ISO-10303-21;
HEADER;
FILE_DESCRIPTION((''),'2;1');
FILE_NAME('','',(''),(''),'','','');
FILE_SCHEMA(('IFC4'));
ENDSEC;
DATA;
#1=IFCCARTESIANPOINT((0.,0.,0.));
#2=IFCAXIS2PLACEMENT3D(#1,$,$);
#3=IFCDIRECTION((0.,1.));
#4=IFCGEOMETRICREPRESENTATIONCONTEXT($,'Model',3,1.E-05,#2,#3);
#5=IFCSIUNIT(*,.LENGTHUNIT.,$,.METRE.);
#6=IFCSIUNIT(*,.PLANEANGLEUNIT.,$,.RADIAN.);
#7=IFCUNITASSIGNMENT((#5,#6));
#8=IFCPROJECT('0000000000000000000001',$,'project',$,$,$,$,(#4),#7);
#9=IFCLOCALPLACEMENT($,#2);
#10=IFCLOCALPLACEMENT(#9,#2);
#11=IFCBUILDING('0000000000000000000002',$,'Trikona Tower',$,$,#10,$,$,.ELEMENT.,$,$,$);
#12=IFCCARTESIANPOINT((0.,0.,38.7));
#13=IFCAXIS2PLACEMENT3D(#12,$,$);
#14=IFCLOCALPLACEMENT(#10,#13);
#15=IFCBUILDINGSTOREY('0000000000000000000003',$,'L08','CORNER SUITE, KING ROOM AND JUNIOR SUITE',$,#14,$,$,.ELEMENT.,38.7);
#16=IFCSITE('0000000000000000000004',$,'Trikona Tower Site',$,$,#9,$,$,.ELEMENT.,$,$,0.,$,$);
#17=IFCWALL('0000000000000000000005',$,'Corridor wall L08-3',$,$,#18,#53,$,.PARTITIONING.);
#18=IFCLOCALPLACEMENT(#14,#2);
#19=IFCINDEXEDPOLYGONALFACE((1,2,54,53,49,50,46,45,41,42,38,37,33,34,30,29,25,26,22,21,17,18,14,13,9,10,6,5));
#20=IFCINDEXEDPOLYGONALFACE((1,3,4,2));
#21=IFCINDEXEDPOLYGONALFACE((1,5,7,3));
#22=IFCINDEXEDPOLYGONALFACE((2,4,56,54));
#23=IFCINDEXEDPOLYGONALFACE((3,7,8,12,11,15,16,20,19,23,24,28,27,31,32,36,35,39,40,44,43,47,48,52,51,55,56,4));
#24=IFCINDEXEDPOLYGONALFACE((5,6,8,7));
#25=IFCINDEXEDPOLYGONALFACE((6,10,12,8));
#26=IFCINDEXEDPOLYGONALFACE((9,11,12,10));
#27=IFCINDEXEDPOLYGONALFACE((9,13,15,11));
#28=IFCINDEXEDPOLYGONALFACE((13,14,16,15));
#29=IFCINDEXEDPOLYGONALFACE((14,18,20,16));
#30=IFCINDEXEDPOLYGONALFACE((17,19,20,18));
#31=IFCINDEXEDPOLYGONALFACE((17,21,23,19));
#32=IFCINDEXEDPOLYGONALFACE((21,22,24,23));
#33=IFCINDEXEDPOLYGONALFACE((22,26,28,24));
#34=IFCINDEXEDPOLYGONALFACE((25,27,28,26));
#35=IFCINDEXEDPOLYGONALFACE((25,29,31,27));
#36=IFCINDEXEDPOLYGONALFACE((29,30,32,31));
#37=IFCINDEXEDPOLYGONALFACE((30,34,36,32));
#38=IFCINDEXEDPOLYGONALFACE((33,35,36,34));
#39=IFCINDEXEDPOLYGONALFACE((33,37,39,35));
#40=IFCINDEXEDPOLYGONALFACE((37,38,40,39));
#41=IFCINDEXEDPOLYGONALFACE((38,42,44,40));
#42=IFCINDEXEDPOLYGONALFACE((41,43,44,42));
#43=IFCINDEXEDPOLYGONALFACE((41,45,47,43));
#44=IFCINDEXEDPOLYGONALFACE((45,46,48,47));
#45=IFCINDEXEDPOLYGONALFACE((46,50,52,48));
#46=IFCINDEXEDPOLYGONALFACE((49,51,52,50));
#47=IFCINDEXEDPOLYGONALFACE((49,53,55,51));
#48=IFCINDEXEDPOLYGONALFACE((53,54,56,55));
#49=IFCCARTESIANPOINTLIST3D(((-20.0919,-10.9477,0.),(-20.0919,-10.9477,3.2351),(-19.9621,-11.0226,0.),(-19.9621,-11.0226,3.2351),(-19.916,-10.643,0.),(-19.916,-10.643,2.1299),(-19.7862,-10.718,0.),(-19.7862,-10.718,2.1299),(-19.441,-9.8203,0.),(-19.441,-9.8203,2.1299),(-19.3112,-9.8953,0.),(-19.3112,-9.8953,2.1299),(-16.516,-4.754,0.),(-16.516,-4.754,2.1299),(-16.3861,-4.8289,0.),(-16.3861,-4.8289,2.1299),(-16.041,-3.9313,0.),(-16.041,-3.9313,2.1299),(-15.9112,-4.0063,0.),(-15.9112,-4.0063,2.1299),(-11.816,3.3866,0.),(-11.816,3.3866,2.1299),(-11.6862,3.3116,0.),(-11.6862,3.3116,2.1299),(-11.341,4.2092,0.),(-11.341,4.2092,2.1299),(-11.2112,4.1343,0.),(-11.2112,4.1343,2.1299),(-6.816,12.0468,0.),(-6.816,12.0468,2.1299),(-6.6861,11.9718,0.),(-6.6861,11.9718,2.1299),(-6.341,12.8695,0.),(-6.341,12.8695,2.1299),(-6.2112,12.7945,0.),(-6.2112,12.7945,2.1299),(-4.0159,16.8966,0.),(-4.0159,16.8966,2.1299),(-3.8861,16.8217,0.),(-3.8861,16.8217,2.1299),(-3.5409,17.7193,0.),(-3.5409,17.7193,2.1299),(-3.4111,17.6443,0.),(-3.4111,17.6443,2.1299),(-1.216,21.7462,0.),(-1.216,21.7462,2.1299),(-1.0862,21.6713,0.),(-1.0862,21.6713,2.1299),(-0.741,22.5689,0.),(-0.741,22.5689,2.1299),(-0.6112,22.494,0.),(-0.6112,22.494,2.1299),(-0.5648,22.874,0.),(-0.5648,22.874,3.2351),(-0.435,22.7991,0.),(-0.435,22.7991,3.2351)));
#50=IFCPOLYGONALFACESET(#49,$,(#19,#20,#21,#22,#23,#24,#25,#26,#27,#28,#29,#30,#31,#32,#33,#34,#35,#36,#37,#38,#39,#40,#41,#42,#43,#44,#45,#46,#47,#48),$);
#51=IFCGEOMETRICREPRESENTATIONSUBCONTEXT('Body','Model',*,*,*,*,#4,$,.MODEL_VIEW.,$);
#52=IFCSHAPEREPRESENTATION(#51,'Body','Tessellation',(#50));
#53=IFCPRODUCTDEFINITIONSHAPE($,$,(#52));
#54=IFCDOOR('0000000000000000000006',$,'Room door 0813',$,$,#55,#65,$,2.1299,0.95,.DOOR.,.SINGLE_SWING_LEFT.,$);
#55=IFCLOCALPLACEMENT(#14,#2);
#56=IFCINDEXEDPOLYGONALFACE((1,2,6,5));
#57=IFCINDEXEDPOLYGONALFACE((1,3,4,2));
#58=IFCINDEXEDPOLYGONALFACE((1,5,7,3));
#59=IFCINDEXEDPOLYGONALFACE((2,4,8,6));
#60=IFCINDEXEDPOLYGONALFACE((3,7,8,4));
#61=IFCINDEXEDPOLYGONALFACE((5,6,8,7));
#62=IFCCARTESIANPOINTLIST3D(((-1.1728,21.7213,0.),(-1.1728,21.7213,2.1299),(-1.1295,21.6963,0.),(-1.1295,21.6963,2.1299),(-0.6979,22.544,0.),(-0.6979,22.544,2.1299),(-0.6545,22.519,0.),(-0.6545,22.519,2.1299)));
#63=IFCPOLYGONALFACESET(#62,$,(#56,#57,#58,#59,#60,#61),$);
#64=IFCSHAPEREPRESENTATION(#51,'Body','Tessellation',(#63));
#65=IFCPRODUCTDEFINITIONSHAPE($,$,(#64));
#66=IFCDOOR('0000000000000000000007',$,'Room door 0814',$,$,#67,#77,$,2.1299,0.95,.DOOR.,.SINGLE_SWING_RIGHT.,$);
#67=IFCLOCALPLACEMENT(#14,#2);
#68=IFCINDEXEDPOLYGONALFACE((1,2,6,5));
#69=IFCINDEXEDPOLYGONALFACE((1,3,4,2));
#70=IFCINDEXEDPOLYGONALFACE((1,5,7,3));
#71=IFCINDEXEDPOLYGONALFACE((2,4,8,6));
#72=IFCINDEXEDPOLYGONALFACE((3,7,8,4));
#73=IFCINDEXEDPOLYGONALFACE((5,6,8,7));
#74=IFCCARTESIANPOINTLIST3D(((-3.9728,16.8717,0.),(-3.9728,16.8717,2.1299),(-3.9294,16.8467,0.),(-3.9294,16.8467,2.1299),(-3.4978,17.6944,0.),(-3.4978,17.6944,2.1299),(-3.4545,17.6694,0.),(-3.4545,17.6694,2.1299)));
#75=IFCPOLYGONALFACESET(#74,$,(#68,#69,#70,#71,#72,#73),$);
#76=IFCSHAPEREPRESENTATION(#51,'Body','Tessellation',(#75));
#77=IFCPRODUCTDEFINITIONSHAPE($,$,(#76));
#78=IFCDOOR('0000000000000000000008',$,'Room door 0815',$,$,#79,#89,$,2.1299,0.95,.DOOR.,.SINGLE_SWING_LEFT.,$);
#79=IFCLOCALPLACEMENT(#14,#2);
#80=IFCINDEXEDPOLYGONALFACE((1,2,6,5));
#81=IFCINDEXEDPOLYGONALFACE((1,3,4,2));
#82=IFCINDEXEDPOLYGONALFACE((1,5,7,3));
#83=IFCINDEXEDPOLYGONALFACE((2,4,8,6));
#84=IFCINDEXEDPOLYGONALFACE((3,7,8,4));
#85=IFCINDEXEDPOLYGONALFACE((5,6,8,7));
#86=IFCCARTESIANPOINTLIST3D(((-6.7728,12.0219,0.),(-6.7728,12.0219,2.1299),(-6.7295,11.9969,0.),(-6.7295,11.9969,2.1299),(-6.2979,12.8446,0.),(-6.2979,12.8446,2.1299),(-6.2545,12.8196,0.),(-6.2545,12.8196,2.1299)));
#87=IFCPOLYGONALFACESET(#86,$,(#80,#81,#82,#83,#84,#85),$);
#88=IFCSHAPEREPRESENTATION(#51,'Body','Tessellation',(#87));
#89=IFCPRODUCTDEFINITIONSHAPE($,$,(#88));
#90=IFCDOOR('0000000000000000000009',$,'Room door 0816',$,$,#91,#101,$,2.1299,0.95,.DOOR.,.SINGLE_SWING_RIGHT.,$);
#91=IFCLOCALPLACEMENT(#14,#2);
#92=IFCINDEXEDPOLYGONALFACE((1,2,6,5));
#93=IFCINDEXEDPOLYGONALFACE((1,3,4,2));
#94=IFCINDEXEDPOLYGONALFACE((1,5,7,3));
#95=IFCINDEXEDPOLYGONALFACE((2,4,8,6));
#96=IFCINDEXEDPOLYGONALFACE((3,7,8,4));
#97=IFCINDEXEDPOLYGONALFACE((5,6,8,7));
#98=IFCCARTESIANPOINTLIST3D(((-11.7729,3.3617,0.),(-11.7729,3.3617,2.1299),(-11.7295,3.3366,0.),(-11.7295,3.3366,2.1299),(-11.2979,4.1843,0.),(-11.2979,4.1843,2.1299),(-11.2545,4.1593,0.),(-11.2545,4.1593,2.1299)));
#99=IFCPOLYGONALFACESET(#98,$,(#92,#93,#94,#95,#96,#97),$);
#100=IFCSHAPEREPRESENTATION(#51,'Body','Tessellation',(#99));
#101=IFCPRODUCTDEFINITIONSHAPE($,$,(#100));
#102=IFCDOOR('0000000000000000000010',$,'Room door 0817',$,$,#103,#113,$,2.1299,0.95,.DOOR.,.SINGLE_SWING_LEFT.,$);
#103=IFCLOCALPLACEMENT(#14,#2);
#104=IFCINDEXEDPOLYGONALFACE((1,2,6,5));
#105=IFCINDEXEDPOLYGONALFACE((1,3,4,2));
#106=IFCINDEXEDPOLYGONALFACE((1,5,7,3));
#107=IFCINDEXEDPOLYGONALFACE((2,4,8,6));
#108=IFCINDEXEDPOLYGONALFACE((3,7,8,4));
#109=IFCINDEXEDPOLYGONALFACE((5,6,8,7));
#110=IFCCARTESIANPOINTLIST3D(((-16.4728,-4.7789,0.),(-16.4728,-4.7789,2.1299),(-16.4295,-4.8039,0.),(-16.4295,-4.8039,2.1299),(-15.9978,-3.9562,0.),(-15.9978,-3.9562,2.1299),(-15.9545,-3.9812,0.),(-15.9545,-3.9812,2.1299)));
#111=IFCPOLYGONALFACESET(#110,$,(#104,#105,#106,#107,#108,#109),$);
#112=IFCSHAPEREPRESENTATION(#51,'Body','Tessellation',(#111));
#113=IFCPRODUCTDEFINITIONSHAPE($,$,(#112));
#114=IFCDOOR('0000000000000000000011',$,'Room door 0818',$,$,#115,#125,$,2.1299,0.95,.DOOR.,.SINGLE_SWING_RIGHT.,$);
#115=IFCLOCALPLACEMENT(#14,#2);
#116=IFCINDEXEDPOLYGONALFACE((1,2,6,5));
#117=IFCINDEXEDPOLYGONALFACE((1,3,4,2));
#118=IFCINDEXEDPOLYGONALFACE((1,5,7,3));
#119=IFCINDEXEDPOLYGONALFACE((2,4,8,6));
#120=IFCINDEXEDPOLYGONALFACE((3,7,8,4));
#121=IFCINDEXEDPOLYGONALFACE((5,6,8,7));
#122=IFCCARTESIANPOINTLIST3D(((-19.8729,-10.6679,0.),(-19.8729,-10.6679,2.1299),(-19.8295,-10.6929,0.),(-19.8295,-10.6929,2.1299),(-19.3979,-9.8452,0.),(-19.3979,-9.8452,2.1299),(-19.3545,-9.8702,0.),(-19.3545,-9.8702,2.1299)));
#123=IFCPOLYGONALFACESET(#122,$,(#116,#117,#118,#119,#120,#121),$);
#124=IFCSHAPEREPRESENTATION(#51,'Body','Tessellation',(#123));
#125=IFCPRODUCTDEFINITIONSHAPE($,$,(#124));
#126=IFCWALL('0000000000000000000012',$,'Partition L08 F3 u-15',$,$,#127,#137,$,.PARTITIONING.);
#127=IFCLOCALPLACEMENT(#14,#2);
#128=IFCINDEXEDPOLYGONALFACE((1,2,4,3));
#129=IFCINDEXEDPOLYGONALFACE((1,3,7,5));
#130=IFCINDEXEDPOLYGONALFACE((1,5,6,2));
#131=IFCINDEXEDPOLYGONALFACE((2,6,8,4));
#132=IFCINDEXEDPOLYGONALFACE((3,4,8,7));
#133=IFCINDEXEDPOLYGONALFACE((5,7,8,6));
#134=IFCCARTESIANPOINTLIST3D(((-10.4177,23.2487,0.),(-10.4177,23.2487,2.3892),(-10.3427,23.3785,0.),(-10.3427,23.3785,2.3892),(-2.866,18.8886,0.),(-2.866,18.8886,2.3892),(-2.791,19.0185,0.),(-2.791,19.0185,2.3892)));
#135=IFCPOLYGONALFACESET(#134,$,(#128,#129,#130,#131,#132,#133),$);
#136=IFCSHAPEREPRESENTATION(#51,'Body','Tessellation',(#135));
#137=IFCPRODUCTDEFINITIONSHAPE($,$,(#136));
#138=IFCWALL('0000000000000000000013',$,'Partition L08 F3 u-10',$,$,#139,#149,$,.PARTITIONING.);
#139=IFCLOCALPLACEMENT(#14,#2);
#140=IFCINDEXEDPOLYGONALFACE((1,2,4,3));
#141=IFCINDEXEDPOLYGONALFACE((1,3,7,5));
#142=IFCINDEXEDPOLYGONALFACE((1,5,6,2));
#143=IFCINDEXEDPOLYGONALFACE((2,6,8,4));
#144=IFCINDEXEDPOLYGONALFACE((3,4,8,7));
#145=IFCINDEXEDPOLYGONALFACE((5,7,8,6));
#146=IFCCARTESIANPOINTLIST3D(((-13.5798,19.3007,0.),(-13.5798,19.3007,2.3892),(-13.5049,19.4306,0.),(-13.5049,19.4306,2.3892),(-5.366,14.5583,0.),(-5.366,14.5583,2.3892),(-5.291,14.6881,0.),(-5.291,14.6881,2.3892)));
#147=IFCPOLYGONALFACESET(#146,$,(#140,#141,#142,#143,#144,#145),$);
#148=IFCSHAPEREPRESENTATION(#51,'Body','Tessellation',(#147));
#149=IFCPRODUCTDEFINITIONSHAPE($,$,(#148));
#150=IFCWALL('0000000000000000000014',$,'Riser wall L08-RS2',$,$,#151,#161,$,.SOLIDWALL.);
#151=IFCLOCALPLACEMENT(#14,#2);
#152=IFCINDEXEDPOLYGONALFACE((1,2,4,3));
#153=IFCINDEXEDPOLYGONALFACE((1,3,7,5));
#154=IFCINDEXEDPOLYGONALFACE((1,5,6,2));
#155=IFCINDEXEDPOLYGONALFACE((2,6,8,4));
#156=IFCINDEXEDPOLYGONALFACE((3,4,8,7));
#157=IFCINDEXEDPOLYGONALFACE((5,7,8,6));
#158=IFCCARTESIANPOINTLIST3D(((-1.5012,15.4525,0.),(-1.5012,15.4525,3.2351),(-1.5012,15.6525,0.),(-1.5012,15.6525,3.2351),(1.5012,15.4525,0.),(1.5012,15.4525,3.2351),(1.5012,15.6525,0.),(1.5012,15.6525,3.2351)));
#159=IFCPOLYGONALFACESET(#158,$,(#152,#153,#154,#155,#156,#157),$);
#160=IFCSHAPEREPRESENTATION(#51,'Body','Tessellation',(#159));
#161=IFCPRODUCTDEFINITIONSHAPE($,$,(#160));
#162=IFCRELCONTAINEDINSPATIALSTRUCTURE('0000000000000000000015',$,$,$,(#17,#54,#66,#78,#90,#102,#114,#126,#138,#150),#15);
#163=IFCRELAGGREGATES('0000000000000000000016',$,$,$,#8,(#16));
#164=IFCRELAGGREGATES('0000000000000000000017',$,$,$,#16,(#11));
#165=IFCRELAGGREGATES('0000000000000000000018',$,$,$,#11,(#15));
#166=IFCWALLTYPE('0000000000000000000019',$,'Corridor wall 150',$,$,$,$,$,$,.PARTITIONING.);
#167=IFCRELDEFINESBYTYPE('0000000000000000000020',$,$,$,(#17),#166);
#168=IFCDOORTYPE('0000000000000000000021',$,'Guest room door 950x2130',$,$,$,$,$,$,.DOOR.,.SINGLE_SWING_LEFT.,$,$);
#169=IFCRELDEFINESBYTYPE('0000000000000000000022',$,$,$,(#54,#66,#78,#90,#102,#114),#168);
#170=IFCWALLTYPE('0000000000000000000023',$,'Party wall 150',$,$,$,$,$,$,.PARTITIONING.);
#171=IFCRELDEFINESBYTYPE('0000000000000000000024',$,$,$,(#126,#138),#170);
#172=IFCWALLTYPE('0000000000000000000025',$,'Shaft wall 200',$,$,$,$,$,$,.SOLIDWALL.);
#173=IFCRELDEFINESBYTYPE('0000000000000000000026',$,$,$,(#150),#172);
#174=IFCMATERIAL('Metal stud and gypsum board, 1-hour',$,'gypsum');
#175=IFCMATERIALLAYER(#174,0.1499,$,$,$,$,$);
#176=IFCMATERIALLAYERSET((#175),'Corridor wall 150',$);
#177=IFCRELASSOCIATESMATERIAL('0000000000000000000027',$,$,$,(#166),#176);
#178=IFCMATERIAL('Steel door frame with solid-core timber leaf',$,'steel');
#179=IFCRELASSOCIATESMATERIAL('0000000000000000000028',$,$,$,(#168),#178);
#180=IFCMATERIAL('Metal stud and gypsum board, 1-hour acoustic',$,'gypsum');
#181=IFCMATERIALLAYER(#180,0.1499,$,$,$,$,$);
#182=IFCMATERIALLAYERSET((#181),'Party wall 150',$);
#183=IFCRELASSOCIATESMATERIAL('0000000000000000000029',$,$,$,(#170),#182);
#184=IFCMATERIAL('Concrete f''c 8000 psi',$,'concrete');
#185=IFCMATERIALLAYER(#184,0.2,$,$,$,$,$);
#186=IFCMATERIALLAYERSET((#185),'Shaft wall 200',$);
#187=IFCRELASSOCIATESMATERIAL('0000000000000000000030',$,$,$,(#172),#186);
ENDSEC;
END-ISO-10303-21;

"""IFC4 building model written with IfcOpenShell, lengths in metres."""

from ifc_helpers import new_model, si_unit, direction, frame, frame_2d, origin, place, context, subcontext, project, spatial, rectangle, extrude, material, layer, layer_set, type_object, element, fill, save


model = new_model("IFC4")

# Units and contexts
model_context = context("Model", 3, precision=1e-05, world=origin(), true_north=direction((0.0, 1.0)))
body_context = subcontext(model_context, "Body", "Model", "MODEL_VIEW")
ifc_project = project(units=[si_unit("LENGTHUNIT", "METRE"), si_unit("PLANEANGLEUNIT", "RADIAN")], contexts=[model_context])

# Site, building, storey
site_placement = place(None, origin())
site = spatial("IfcSite", under=ifc_project, at=site_placement, Name="Trikona Tower Site", CompositionType="ELEMENT", RefElevation=0.0)
building_placement = place(site_placement, origin())
building = spatial("IfcBuilding", under=site, at=building_placement, Name="Trikona Tower", CompositionType="ELEMENT")
storey_placement = place(building_placement, frame((0.0, 0.0, 38.7)))
storey = spatial("IfcBuildingStorey", under=building, at=storey_placement, Name="L08", Description="CORNER SUITE, KING ROOM AND JUNIOR SUITE", CompositionType="ELEMENT", Elevation=38.7)

# Wall, openings, doors
ifc_material_1 = material(Name="Metal stud and gypsum board, 1-hour", Category="gypsum")
ifc_layer_1 = layer(ifc_material_1, 0.1499)
ifc_layer_set_1 = layer_set([ifc_layer_1], Name="Corridor wall 150")
wall_type_1 = type_object("IfcWallType", Name="Corridor wall 150", PredefinedType="PARTITIONING", material=ifc_layer_set_1)
wall_1_placement = place(storey_placement, frame((-0.5, 22.8364, 0.0), z_axis=(0.0, 0.0, 1.0), x_axis=(-0.500002, -0.866024, 0.0)))
wall_1 = element("IfcWall", 1, at=wall_1_placement, inside=storey, type_object=wall_type_1, Name="Corridor wall L08-3", PredefinedType="PARTITIONING", context=body_context, shape_type="SweptSolid", body=[
    extrude(rectangle(XDim=39.054, YDim=0.1499, at=frame_2d((19.5269, 0.0))), origin(), (0.0, 0.0, 1.0), 3.2351),
])
opening_1_placement = place(wall_1_placement, frame((0.3521, 0.0, 0.0)))
opening_1 = element("IfcOpeningElement", 2, at=opening_1_placement, cuts=wall_1, PredefinedType="OPENING", context=body_context, shape_type="SweptSolid", body=[
    extrude(rectangle(XDim=0.95, YDim=2.1299, at=frame_2d((0.4751, 1.0649))), frame((0.0, 0.085, 0.0), z_axis=(0.0, -1.0, 0.0), x_axis=(1.0, 0.0, 0.0)), (0.0, 0.0, 1.0), 0.1699),
])
opening_2_placement = place(wall_1_placement, frame((5.9519, 0.0, 0.0)))
opening_2 = element("IfcOpeningElement", 3, at=opening_2_placement, cuts=wall_1, PredefinedType="OPENING", context=body_context, shape_type="SweptSolid", body=[
    extrude(rectangle(XDim=0.95, YDim=2.1299, at=frame_2d((0.4751, 1.0649))), frame((0.0, 0.085, 0.0), z_axis=(0.0, -1.0, 0.0), x_axis=(1.0, 0.0, 0.0)), (0.0, 0.0, 1.0), 0.1699),
])
opening_3_placement = place(wall_1_placement, frame((11.552, 0.0, 0.0)))
opening_3 = element("IfcOpeningElement", 4, at=opening_3_placement, cuts=wall_1, PredefinedType="OPENING", context=body_context, shape_type="SweptSolid", body=[
    extrude(rectangle(XDim=0.95, YDim=2.1299, at=frame_2d((0.4751, 1.0649))), frame((0.0, 0.085, 0.0), z_axis=(0.0, -1.0, 0.0), x_axis=(1.0, 0.0, 0.0)), (0.0, 0.0, 1.0), 0.1699),
])
opening_4_placement = place(wall_1_placement, frame((21.552, 0.0, 0.0)))
opening_4 = element("IfcOpeningElement", 5, at=opening_4_placement, cuts=wall_1, PredefinedType="OPENING", context=body_context, shape_type="SweptSolid", body=[
    extrude(rectangle(XDim=0.95, YDim=2.1299, at=frame_2d((0.4751, 1.0649))), frame((0.0, 0.085, 0.0), z_axis=(0.0, -1.0, 0.0), x_axis=(1.0, 0.0, 0.0)), (0.0, 0.0, 1.0), 0.1699),
])
opening_5_placement = place(wall_1_placement, frame((30.9519, 0.0, 0.0)))
opening_5 = element("IfcOpeningElement", 6, at=opening_5_placement, cuts=wall_1, PredefinedType="OPENING", context=body_context, shape_type="SweptSolid", body=[
    extrude(rectangle(XDim=0.95, YDim=2.1299, at=frame_2d((0.4751, 1.0649))), frame((0.0, 0.085, 0.0), z_axis=(0.0, -1.0, 0.0), x_axis=(1.0, 0.0, 0.0)), (0.0, 0.0, 1.0), 0.1699),
])
opening_6_placement = place(wall_1_placement, frame((37.752, 0.0, 0.0)))
opening_6 = element("IfcOpeningElement", 7, at=opening_6_placement, cuts=wall_1, PredefinedType="OPENING", context=body_context, shape_type="SweptSolid", body=[
    extrude(rectangle(XDim=0.95, YDim=2.1299, at=frame_2d((0.4751, 1.0649))), frame((0.0, 0.085, 0.0), z_axis=(0.0, -1.0, 0.0), x_axis=(1.0, 0.0, 0.0)), (0.0, 0.0, 1.0), 0.1699),
])
ifc_material_2 = material(Name="Steel door frame with solid-core timber leaf", Category="steel")
door_type_1 = type_object("IfcDoorType", Name="Guest room door 950x2130", OperationType="SINGLE_SWING_LEFT", PredefinedType="DOOR", material=ifc_material_2)
door_1_placement = place(opening_1_placement, origin())
door_1 = element("IfcDoor", 8, at=door_1_placement, inside=storey, type_object=door_type_1, Name="Room door 0813", OperationType="SINGLE_SWING_LEFT", OverallHeight=2.1299, OverallWidth=0.95, PredefinedType="DOOR", context=body_context, shape_type="SweptSolid", body=[
    extrude(rectangle(XDim=0.95, YDim=2.1299, at=frame_2d((0.4751, 1.0649))), frame((0.0, 0.0249, 0.0), z_axis=(0.0, -1.0, 0.0), x_axis=(1.0, 0.0, 0.0)), (0.0, 0.0, 1.0), 0.05),
])
fill(opening_1, door_1)
door_2_placement = place(opening_2_placement, origin())
door_2 = element("IfcDoor", 9, at=door_2_placement, inside=storey, type_object=door_type_1, Name="Room door 0814", OperationType="SINGLE_SWING_RIGHT", OverallHeight=2.1299, OverallWidth=0.95, PredefinedType="DOOR", context=body_context, shape_type="SweptSolid", body=[
    extrude(rectangle(XDim=0.95, YDim=2.1299, at=frame_2d((0.4751, 1.0649))), frame((0.0, 0.0249, 0.0), z_axis=(0.0, -1.0, 0.0), x_axis=(1.0, 0.0, 0.0)), (0.0, 0.0, 1.0), 0.05),
])
fill(opening_2, door_2)
door_3_placement = place(opening_3_placement, origin())
door_3 = element("IfcDoor", 10, at=door_3_placement, inside=storey, type_object=door_type_1, Name="Room door 0815", OperationType="SINGLE_SWING_LEFT", OverallHeight=2.1299, OverallWidth=0.95, PredefinedType="DOOR", context=body_context, shape_type="SweptSolid", body=[
    extrude(rectangle(XDim=0.95, YDim=2.1299, at=frame_2d((0.4751, 1.0649))), frame((0.0, 0.0249, 0.0), z_axis=(0.0, -1.0, 0.0), x_axis=(1.0, 0.0, 0.0)), (0.0, 0.0, 1.0), 0.05),
])
fill(opening_3, door_3)
door_4_placement = place(opening_4_placement, origin())
door_4 = element("IfcDoor", 11, at=door_4_placement, inside=storey, type_object=door_type_1, Name="Room door 0816", OperationType="SINGLE_SWING_RIGHT", OverallHeight=2.1299, OverallWidth=0.95, PredefinedType="DOOR", context=body_context, shape_type="SweptSolid", body=[
    extrude(rectangle(XDim=0.95, YDim=2.1299, at=frame_2d((0.4751, 1.0649))), frame((0.0, 0.0249, 0.0), z_axis=(0.0, -1.0, 0.0), x_axis=(1.0, 0.0, 0.0)), (0.0, 0.0, 1.0), 0.05),
])
fill(opening_4, door_4)
door_5_placement = place(opening_5_placement, origin())
door_5 = element("IfcDoor", 12, at=door_5_placement, inside=storey, type_object=door_type_1, Name="Room door 0817", OperationType="SINGLE_SWING_LEFT", OverallHeight=2.1299, OverallWidth=0.95, PredefinedType="DOOR", context=body_context, shape_type="SweptSolid", body=[
    extrude(rectangle(XDim=0.95, YDim=2.1299, at=frame_2d((0.4751, 1.0649))), frame((0.0, 0.0249, 0.0), z_axis=(0.0, -1.0, 0.0), x_axis=(1.0, 0.0, 0.0)), (0.0, 0.0, 1.0), 0.05),
])
fill(opening_5, door_5)
door_6_placement = place(opening_6_placement, origin())
door_6 = element("IfcDoor", 13, at=door_6_placement, inside=storey, type_object=door_type_1, Name="Room door 0818", OperationType="SINGLE_SWING_RIGHT", OverallHeight=2.1299, OverallWidth=0.95, PredefinedType="DOOR", context=body_context, shape_type="SweptSolid", body=[
    extrude(rectangle(XDim=0.95, YDim=2.1299, at=frame_2d((0.4751, 1.0649))), frame((0.0, 0.0249, 0.0), z_axis=(0.0, -1.0, 0.0), x_axis=(1.0, 0.0, 0.0)), (0.0, 0.0, 1.0), 0.05),
])
fill(opening_6, door_6)

# Walls
ifc_material_3 = material(Name="Metal stud and gypsum board, 1-hour acoustic", Category="gypsum")
ifc_layer_2 = layer(ifc_material_3, 0.1499)
ifc_layer_set_2 = layer_set([ifc_layer_2], Name="Party wall 150")
wall_type_2 = type_object("IfcWallType", Name="Party wall 150", PredefinedType="PARTITIONING", material=ifc_layer_set_2)
wall_2_placement = place(storey_placement, frame((-2.8286, 18.9536, 0.0), z_axis=(0.0, 0.0, 1.0), x_axis=(-0.866021, 0.500008, 0.0)))
element("IfcWall", 14, at=wall_2_placement, inside=storey, type_object=wall_type_2, Name="Partition L08 F3 u-15", PredefinedType="PARTITIONING", context=body_context, shape_type="SweptSolid", body=[
    extrude(rectangle(XDim=8.72, YDim=0.1499, at=frame_2d((4.3599, 0.0))), origin(), (0.0, 0.0, 1.0), 2.3892),
])
wall_3_placement = place(storey_placement, frame((-5.3286, 14.6233, 0.0), z_axis=(0.0, 0.0, 1.0), x_axis=(-0.866018, 0.500012, 0.0)))
element("IfcWall", 15, at=wall_3_placement, inside=storey, type_object=wall_type_2, Name="Partition L08 F3 u-10", PredefinedType="PARTITIONING", context=body_context, shape_type="SweptSolid", body=[
    extrude(rectangle(XDim=9.4846, YDim=0.1499, at=frame_2d((4.7422, 0.0))), origin(), (0.0, 0.0, 1.0), 2.3892),
])
ifc_material_4 = material(Name="Concrete f'c 8000 psi", Category="concrete")
ifc_layer_3 = layer(ifc_material_4, 0.2)
ifc_layer_set_3 = layer_set([ifc_layer_3], Name="Shaft wall 200")
wall_type_3 = type_object("IfcWallType", Name="Shaft wall 200", PredefinedType="SOLIDWALL", material=ifc_layer_set_3)
wall_4_placement = place(storey_placement, frame((-1.5012, 15.5525, 0.0), z_axis=(0.0, 0.0, 1.0), x_axis=(1.0, 0.0, 0.0)))
element("IfcWall", 16, at=wall_4_placement, inside=storey, type_object=wall_type_3, Name="Riser wall L08-RS2", PredefinedType="SOLIDWALL", context=body_context, shape_type="SweptSolid", body=[
    extrude(rectangle(XDim=3.0024, YDim=0.2, at=frame_2d((1.5012, 0.0))), origin(), (0.0, 0.0, 1.0), 3.2351),
])

save(model, "model.ifc")
